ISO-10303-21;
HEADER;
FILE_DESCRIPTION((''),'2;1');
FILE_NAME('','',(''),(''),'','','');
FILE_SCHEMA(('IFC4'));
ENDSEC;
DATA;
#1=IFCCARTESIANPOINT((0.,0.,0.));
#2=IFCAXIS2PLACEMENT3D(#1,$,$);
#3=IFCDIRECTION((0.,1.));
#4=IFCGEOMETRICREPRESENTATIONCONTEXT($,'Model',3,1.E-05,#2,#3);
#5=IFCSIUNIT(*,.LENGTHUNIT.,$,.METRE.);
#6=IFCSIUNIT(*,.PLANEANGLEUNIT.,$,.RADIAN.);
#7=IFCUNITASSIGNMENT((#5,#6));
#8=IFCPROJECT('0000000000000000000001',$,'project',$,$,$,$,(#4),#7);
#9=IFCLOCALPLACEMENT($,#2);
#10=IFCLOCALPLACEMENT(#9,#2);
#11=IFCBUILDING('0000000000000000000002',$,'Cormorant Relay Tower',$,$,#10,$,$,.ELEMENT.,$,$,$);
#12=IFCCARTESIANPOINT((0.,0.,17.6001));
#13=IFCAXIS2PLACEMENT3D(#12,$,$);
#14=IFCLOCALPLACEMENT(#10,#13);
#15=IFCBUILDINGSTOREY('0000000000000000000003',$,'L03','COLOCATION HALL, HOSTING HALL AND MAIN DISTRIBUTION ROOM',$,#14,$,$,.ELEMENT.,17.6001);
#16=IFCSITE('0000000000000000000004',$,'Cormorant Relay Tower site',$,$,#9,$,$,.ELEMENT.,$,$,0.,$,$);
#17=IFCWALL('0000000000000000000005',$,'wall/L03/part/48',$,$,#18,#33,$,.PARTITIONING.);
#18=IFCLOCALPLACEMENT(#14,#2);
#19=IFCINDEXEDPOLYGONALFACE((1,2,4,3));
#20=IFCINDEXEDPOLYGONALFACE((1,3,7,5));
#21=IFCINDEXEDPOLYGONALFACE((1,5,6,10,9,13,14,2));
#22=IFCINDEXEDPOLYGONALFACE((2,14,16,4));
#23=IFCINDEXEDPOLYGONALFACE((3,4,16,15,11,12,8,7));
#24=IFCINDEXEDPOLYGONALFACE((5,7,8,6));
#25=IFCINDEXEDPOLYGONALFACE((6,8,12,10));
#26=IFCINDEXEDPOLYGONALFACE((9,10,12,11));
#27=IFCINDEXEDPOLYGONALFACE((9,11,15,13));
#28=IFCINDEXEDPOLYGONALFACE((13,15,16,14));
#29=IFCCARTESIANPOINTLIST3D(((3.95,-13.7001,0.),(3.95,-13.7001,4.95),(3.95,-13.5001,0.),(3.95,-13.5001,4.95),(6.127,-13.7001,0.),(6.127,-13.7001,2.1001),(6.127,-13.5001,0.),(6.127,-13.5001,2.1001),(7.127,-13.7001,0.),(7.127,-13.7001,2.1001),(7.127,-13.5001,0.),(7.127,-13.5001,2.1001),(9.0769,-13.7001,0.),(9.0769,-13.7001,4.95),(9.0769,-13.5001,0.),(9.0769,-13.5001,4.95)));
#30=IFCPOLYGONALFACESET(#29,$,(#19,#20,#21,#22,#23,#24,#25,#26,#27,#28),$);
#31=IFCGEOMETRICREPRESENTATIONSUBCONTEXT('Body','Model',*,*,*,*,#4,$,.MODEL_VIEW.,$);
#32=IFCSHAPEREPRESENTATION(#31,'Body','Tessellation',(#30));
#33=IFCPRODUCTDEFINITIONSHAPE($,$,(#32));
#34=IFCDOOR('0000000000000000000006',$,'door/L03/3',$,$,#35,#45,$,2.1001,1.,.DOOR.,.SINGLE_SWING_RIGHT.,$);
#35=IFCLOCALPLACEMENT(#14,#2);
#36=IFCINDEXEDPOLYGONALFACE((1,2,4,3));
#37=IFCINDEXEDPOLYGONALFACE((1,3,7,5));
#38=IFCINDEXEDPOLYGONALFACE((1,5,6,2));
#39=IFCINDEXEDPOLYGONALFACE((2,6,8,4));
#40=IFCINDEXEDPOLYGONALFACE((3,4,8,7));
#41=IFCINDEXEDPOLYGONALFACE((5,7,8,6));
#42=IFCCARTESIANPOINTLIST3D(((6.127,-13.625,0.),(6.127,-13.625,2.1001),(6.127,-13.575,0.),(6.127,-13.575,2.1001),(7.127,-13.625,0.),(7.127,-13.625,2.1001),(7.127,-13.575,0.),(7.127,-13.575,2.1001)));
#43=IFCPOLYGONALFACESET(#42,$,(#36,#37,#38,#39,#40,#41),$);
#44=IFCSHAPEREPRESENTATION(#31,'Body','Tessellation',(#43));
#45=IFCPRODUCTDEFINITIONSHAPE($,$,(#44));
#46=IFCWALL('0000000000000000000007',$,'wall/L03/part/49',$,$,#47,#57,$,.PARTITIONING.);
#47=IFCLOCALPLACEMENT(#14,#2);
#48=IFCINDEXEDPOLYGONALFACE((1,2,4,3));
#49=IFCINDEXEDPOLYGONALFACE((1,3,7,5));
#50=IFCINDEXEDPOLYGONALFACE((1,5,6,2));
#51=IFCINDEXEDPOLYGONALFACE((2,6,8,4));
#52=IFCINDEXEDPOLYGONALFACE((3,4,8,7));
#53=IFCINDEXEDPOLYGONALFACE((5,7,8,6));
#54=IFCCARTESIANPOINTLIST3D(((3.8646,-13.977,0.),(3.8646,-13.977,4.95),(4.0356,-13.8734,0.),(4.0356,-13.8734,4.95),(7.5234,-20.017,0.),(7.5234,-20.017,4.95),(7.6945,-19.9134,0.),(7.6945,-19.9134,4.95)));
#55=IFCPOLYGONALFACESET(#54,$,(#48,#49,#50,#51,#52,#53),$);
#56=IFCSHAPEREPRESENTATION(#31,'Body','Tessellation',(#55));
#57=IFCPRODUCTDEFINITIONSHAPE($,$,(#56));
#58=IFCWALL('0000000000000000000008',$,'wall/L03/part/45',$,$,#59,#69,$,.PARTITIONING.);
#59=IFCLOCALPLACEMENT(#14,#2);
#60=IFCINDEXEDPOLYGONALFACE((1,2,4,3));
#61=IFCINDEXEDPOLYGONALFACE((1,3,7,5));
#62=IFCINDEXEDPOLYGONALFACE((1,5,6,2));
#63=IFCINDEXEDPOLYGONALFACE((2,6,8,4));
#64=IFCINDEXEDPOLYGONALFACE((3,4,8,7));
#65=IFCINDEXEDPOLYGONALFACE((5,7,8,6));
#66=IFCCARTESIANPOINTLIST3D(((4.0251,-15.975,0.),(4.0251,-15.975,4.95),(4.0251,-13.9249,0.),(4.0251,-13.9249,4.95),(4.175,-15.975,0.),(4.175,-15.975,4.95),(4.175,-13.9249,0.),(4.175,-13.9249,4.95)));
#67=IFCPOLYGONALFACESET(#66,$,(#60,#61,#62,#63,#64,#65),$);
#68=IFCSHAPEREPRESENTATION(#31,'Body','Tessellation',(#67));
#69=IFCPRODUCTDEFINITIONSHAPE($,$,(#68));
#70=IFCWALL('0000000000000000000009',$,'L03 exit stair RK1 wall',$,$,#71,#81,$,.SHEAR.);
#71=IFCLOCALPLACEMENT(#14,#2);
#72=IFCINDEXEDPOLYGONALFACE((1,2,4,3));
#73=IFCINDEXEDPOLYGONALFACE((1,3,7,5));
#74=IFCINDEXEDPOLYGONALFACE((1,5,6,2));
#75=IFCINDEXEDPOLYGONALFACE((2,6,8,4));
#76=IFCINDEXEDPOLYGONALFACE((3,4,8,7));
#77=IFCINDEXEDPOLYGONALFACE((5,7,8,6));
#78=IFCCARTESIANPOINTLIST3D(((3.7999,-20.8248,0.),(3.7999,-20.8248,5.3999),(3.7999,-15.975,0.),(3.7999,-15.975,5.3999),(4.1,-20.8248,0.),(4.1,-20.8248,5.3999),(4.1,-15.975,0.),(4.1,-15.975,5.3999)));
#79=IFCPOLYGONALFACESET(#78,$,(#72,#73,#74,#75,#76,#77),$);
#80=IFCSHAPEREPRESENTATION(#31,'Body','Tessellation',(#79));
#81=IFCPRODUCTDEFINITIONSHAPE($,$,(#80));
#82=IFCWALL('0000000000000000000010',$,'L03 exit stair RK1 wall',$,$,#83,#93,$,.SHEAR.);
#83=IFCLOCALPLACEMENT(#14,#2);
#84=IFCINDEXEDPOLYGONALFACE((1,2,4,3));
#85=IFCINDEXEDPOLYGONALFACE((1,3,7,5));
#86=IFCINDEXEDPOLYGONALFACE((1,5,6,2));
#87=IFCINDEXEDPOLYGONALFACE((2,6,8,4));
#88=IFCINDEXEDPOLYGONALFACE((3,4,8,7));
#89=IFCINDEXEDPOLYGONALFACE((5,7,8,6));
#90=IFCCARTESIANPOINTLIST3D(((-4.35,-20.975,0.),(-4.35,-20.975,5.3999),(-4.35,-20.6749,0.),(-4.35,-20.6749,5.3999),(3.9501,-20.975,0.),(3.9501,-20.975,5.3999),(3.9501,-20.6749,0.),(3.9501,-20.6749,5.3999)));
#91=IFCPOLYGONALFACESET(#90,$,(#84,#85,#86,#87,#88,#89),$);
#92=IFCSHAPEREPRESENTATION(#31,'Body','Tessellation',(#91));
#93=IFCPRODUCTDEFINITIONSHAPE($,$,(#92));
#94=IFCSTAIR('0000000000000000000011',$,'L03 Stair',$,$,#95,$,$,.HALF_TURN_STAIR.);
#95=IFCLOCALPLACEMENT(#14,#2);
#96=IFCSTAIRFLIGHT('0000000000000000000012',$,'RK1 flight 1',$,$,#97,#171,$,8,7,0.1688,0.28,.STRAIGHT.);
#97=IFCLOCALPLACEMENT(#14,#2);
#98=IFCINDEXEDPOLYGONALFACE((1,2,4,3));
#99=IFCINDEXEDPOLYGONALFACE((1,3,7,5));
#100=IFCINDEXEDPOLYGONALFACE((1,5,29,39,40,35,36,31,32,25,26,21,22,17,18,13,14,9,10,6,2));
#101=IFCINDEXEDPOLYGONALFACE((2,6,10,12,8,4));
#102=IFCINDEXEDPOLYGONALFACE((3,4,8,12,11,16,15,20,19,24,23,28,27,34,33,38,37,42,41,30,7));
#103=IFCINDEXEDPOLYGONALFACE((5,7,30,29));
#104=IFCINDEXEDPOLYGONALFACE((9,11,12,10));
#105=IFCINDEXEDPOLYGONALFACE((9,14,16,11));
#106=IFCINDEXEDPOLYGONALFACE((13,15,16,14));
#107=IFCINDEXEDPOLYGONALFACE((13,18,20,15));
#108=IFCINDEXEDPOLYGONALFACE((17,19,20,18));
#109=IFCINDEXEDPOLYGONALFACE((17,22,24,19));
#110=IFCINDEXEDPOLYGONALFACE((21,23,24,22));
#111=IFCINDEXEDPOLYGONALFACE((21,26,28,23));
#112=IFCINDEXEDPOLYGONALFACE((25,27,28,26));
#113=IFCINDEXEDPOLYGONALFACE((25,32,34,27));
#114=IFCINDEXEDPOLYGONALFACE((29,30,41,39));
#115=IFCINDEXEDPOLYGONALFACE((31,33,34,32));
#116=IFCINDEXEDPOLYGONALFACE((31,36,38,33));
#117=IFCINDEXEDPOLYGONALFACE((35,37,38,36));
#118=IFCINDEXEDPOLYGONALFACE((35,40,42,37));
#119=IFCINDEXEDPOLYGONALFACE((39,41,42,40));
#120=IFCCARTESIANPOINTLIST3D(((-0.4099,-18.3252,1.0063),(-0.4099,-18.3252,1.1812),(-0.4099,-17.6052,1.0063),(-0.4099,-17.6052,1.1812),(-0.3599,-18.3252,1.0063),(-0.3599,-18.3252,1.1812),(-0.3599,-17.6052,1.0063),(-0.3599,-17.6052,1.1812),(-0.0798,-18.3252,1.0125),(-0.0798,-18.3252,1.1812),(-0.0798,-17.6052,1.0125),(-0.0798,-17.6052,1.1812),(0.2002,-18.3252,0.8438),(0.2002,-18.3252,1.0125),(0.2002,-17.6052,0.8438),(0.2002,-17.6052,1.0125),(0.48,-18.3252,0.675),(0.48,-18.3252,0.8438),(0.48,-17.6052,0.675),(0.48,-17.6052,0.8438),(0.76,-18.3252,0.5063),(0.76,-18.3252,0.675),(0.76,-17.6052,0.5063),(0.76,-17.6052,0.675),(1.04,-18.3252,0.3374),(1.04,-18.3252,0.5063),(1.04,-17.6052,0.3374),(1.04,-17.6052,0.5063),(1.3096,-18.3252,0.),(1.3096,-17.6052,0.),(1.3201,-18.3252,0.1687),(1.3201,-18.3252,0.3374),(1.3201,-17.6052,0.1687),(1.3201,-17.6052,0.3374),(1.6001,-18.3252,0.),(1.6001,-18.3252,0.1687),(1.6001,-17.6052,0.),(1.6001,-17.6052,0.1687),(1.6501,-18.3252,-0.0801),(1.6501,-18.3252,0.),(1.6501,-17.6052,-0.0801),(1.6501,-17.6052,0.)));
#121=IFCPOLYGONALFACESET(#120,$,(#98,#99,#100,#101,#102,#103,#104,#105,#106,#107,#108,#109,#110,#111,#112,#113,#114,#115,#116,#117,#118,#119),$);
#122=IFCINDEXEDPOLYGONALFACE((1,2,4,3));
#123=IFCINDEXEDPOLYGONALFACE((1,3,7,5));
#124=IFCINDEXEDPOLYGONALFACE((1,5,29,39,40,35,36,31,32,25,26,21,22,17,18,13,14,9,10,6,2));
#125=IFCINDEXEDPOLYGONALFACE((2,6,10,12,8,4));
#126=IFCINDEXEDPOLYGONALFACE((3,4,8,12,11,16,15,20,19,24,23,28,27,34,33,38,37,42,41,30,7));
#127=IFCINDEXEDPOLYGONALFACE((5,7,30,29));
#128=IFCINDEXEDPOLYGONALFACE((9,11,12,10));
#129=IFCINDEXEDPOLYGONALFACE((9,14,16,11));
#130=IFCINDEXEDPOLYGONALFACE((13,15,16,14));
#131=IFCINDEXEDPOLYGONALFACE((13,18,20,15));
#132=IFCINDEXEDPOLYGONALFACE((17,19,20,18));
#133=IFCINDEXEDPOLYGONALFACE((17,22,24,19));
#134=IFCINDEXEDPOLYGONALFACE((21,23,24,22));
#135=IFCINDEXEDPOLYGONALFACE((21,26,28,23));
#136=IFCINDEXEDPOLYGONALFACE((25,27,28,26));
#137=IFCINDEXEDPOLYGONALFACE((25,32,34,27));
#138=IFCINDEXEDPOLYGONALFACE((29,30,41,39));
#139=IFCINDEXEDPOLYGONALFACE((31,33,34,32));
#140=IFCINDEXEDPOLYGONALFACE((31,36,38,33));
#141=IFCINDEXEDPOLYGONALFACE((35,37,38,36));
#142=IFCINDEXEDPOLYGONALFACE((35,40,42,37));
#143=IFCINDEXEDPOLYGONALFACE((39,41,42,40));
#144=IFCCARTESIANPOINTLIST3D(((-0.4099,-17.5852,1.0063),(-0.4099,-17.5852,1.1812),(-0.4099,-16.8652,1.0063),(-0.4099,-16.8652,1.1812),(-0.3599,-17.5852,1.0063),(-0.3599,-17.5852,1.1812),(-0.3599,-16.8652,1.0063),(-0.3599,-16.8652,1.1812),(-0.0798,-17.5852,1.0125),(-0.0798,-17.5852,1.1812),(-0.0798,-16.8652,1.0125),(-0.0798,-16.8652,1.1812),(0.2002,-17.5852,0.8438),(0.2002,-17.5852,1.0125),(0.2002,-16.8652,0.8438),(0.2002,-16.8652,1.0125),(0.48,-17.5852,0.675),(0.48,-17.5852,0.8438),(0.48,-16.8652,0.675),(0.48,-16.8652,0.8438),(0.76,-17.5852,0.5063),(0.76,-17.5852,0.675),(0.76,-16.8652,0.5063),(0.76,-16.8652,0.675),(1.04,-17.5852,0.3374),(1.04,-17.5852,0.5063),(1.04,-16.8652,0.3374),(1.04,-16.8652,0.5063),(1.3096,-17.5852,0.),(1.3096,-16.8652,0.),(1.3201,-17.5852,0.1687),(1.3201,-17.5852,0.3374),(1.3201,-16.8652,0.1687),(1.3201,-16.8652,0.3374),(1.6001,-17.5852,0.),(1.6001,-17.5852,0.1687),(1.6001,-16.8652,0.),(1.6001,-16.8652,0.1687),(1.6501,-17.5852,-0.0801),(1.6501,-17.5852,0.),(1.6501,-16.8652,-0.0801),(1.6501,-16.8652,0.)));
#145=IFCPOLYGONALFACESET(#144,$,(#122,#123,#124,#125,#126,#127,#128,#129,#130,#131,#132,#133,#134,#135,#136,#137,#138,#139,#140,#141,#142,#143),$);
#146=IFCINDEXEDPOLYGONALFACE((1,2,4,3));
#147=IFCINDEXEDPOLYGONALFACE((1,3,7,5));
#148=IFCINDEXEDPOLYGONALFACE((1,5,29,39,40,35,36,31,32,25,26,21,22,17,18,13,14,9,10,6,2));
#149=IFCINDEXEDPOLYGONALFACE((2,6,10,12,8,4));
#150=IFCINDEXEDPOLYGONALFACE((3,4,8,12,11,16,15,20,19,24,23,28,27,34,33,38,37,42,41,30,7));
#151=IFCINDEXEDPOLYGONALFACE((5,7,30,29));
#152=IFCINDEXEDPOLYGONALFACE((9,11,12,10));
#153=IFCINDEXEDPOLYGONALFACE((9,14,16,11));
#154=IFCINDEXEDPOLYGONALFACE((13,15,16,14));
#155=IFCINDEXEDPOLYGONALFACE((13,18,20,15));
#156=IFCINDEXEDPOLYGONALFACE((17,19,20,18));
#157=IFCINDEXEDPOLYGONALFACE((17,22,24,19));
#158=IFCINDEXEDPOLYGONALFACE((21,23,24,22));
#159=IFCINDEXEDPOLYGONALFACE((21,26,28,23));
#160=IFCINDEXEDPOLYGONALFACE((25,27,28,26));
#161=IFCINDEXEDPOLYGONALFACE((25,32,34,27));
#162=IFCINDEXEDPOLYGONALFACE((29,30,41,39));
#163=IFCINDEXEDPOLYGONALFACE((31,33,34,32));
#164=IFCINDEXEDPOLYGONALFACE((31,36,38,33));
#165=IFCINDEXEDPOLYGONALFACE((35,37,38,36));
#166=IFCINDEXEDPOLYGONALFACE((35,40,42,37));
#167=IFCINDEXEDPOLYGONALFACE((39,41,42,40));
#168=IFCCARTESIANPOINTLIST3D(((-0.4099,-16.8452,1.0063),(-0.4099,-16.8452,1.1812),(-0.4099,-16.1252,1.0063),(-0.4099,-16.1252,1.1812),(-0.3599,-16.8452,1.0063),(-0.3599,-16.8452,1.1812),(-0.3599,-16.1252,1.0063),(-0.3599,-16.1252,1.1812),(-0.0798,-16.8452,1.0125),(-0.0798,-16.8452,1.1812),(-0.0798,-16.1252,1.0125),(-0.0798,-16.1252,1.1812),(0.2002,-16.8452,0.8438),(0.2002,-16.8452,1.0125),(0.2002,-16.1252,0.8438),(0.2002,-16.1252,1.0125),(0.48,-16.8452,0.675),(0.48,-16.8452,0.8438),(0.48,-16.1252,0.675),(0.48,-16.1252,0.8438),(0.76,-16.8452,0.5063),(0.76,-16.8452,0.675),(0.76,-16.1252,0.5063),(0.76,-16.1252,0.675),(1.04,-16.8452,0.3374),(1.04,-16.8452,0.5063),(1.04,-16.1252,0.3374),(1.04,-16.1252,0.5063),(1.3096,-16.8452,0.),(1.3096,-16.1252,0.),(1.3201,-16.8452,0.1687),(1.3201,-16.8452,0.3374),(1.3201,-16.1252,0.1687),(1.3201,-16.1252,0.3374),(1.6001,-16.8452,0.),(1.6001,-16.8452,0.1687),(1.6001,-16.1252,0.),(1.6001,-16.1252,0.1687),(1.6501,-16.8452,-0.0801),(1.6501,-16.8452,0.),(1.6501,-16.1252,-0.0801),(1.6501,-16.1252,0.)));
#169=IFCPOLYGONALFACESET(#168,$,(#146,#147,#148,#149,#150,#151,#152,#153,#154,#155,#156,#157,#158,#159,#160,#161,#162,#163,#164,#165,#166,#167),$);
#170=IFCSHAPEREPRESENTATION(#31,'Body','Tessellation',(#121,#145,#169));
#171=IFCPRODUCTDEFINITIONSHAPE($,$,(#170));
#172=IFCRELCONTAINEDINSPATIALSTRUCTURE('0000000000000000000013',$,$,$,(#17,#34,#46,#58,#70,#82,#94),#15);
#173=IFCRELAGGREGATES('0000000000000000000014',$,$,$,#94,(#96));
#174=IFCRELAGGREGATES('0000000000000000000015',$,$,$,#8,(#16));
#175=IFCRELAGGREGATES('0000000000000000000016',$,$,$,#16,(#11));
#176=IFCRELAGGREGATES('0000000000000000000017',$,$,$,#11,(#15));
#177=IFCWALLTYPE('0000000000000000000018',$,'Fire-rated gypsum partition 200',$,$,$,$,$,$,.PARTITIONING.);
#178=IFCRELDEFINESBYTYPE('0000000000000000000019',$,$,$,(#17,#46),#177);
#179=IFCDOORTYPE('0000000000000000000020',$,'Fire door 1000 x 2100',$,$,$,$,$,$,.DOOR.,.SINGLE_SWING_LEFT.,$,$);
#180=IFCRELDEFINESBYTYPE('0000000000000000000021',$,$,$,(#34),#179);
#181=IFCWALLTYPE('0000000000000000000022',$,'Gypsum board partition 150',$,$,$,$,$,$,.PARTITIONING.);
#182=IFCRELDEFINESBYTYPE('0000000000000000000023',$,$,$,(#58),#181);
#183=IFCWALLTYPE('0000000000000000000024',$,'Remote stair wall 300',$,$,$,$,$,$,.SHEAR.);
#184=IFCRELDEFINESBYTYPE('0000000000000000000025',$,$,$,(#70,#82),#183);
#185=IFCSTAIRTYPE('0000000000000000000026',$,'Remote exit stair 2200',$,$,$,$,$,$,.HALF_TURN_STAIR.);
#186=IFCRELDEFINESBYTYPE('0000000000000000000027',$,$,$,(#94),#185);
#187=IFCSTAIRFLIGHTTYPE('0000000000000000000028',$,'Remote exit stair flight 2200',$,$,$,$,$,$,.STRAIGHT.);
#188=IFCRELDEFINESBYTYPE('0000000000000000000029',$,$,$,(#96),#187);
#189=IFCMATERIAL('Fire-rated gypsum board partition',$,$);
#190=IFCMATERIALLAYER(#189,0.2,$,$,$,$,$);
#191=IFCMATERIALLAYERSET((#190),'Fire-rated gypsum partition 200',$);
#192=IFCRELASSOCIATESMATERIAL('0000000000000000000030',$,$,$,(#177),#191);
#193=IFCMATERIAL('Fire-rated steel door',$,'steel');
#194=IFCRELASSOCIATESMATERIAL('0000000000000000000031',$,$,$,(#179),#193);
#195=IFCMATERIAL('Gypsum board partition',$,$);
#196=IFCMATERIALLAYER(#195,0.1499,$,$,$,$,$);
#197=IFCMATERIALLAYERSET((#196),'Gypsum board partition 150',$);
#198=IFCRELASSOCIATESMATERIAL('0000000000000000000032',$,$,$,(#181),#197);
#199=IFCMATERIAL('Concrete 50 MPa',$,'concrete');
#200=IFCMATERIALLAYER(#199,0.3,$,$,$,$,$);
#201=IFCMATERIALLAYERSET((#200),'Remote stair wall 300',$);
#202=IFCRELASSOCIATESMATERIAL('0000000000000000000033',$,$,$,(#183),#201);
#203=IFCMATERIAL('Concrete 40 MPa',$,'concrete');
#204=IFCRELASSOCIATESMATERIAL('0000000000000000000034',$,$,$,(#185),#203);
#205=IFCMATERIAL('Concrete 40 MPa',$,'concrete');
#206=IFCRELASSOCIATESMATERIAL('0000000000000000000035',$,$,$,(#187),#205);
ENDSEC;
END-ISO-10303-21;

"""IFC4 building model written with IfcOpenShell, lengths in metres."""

from ifc_helpers import new_model, si_unit, direction, frame, frame_2d, origin, place, context, subcontext, project, spatial, polyline, rectangle, outline, extrude, material, layer, layer_set, type_object, element, fill, aggregate, save


model = new_model("IFC4")

# Units and contexts
model_context = context("Model", 3, precision=1e-05, world=origin(), true_north=direction((0.0, 1.0)))
body_context = subcontext(model_context, "Body", "Model", "MODEL_VIEW")
ifc_project = project(units=[si_unit("LENGTHUNIT", "METRE"), si_unit("PLANEANGLEUNIT", "RADIAN")], contexts=[model_context])

# Site, building, storey
site_placement = place(None, origin())
site = spatial("IfcSite", under=ifc_project, at=site_placement, Name="Cormorant Relay Tower site", CompositionType="ELEMENT", RefElevation=0.0)
building_placement = place(site_placement, origin())
building = spatial("IfcBuilding", under=site, at=building_placement, Name="Cormorant Relay Tower", CompositionType="ELEMENT")
storey_placement = place(building_placement, frame((0.0, 0.0, 17.6001)))
storey = spatial("IfcBuildingStorey", under=building, at=storey_placement, Name="L03", Description="COLOCATION HALL, HOSTING HALL AND MAIN DISTRIBUTION ROOM", CompositionType="ELEMENT", Elevation=17.6001)

# Shared definitions
ifc_material_1 = material(Name="Fire-rated gypsum board partition")
ifc_layer_1 = layer(ifc_material_1, 0.2)
ifc_layer_set_1 = layer_set([ifc_layer_1], Name="Fire-rated gypsum partition 200")
wall_type_1 = type_object("IfcWallType", Name="Fire-rated gypsum partition 200", PredefinedType="PARTITIONING", material=ifc_layer_set_1)

# Wall, opening, door
wall_1_placement = place(storey_placement, frame((9.0769, -13.6001, 0.0), z_axis=(0.0, 0.0, 1.0), x_axis=(-1.0, 0.0, 0.0)))
wall_1 = element("IfcWall", 1, at=wall_1_placement, inside=storey, type_object=wall_type_1, Name="wall/L03/part/48", PredefinedType="PARTITIONING", context=body_context, shape_type="SweptSolid", body=[
    extrude(rectangle(XDim=5.127, YDim=0.2, at=frame_2d((2.5635, 0.0))), origin(), (0.0, 0.0, 1.0), 4.95),
])
opening_placement = place(wall_1_placement, frame((1.95, 0.0, 0.0)))
opening = element("IfcOpeningElement", 2, at=opening_placement, cuts=wall_1, PredefinedType="OPENING", context=body_context, shape_type="SweptSolid", body=[
    extrude(rectangle(XDim=1.0, YDim=2.1001, at=frame_2d((0.5, 1.05))), frame((0.0, 0.1099, 0.0), z_axis=(0.0, -1.0, 0.0), x_axis=(1.0, 0.0, 0.0)), (0.0, 0.0, 1.0), 0.22),
])
ifc_material_2 = material(Name="Fire-rated steel door", Category="steel")
door_type = type_object("IfcDoorType", Name="Fire door 1000 x 2100", OperationType="SINGLE_SWING_LEFT", PredefinedType="DOOR", material=ifc_material_2)
door_placement = place(opening_placement, origin())
door = element("IfcDoor", 3, at=door_placement, inside=storey, type_object=door_type, Name="door/L03/3", OperationType="SINGLE_SWING_RIGHT", OverallHeight=2.1001, OverallWidth=1.0, PredefinedType="DOOR", context=body_context, shape_type="SweptSolid", body=[
    extrude(rectangle(XDim=1.0, YDim=2.1001, at=frame_2d((0.5, 1.05))), frame((0.0, 0.0249, 0.0), z_axis=(0.0, -1.0, 0.0), x_axis=(1.0, 0.0, 0.0)), (0.0, 0.0, 1.0), 0.05),
])
fill(opening, door)

# Walls
wall_2_placement = place(storey_placement, frame((7.6089, -19.9651, 0.0), z_axis=(0.0, 0.0, 1.0), x_axis=(-0.518126, 0.855304, 0.0)))
element("IfcWall", 4, at=wall_2_placement, inside=storey, type_object=wall_type_1, Name="wall/L03/part/49", PredefinedType="PARTITIONING", context=body_context, shape_type="SweptSolid", body=[
    extrude(rectangle(XDim=7.0618, YDim=0.2, at=frame_2d((3.5308, 0.0))), origin(), (0.0, 0.0, 1.0), 4.95),
])
ifc_material_3 = material(Name="Gypsum board partition")
ifc_layer_2 = layer(ifc_material_3, 0.1499)
ifc_layer_set_2 = layer_set([ifc_layer_2], Name="Gypsum board partition 150")
wall_type_2 = type_object("IfcWallType", Name="Gypsum board partition 150", PredefinedType="PARTITIONING", material=ifc_layer_set_2)
wall_3_placement = place(storey_placement, frame((4.1001, -13.925, 0.0), z_axis=(0.0, 0.0, 1.0), x_axis=(0.0, -1.0, 0.0)))
element("IfcWall", 5, at=wall_3_placement, inside=storey, type_object=wall_type_2, Name="wall/L03/part/45", PredefinedType="PARTITIONING", context=body_context, shape_type="SweptSolid", body=[
    extrude(rectangle(XDim=2.05, YDim=0.1499, at=frame_2d((1.0249, 0.0))), origin(), (0.0, 0.0, 1.0), 4.95),
])
ifc_material_4 = material(Name="Concrete 50 MPa", Category="concrete")
ifc_layer_3 = layer(ifc_material_4, 0.3)
ifc_layer_set_3 = layer_set([ifc_layer_3], Name="Remote stair wall 300")
wall_type_3 = type_object("IfcWallType", Name="Remote stair wall 300", PredefinedType="SHEAR", material=ifc_layer_set_3)
wall_4_placement = place(storey_placement, frame((3.95, -15.9751, 0.0), z_axis=(0.0, 0.0, 1.0), x_axis=(0.0, -1.0, 0.0)))
element("IfcWall", 6, at=wall_4_placement, inside=storey, type_object=wall_type_3, Name="L03 exit stair RK1 wall", PredefinedType="SHEAR", context=body_context, shape_type="SweptSolid", body=[
    extrude(rectangle(XDim=4.8499, YDim=0.3, at=frame_2d((2.4248, 0.0))), origin(), (0.0, 0.0, 1.0), 5.3999),
])
wall_5_placement = place(storey_placement, frame((3.95, -20.825, 0.0), z_axis=(0.0, 0.0, 1.0), x_axis=(-1.0, 0.0, 0.0)))
element("IfcWall", 7, at=wall_5_placement, inside=storey, type_object=wall_type_3, Name="L03 exit stair RK1 wall", PredefinedType="SHEAR", context=body_context, shape_type="SweptSolid", body=[
    extrude(rectangle(XDim=8.3, YDim=0.3, at=frame_2d((4.1499, 0.0))), origin(), (0.0, 0.0, 1.0), 5.3999),
])

# Stair, stair flight
ifc_material_5 = material(Name="Concrete 40 MPa", Category="concrete")
stair_type = type_object("IfcStairType", Name="Remote exit stair 2200", PredefinedType="HALF_TURN_STAIR", material=ifc_material_5)
stair_placement = place(storey_placement, origin())
stair = element("IfcStair", 8, at=stair_placement, inside=storey, type_object=stair_type, Name="L03 Stair", PredefinedType="HALF_TURN_STAIR")
ifc_material_6 = material(Name="Concrete 40 MPa", Category="concrete")
stair_flight_type = type_object("IfcStairFlightType", Name="Remote exit stair flight 2200", PredefinedType="STRAIGHT", material=ifc_material_6)
stair_flight_1_placement = place(storey_placement, frame((1.6001, -17.2251, 0.0), z_axis=(0.0, 0.0, 1.0), x_axis=(-1.0, 0.0, 0.0)))
stair_flight_1 = element("IfcStairFlight", 9, at=stair_flight_1_placement, type_object=stair_flight_type, Name="RK1 flight 1", NumberOfRisers=8, NumberOfTreads=7, PredefinedType="STRAIGHT", RiserHeight=0.1688, TreadLength=0.28, context=body_context, shape_type="SweptSolid", body=[
    extrude(outline(polyline([(-0.05, -0.0801), (-0.05, 0.0), (0.0, 0.0), (0.0, 0.1687), (0.28, 0.1687), (0.28, 0.3374), (0.5601, 0.3374), (0.5601, 0.5063), (0.8401, 0.5063), (0.8401, 0.675), (1.1201, 0.675), (1.1201, 0.8438), (1.3999, 0.8438), (1.3999, 1.0125), (1.6799, 1.0125), (1.6799, 1.1812), (1.96, 1.1812), (2.01, 1.1812), (2.01, 1.0063), (1.96, 1.0063), (0.2905, 0.0), (-0.05, -0.0801)])), frame((0.0, 1.1001, 0.0), z_axis=(0.0, -1.0, 0.0), x_axis=(1.0, 0.0, 0.0)), (0.0, 0.0, 1.0), 0.72),
    extrude(outline(polyline([(-0.05, -0.0801), (-0.05, 0.0), (0.0, 0.0), (0.0, 0.1687), (0.28, 0.1687), (0.28, 0.3374), (0.5601, 0.3374), (0.5601, 0.5063), (0.8401, 0.5063), (0.8401, 0.675), (1.1201, 0.675), (1.1201, 0.8438), (1.3999, 0.8438), (1.3999, 1.0125), (1.6799, 1.0125), (1.6799, 1.1812), (1.96, 1.1812), (2.01, 1.1812), (2.01, 1.0063), (1.96, 1.0063), (0.2905, 0.0), (-0.05, -0.0801)])), frame((0.0, 0.3601, 0.0), z_axis=(0.0, -1.0, 0.0), x_axis=(1.0, 0.0, 0.0)), (0.0, 0.0, 1.0), 0.72),
    extrude(outline(polyline([(-0.05, -0.0801), (-0.05, 0.0), (0.0, 0.0), (0.0, 0.1687), (0.28, 0.1687), (0.28, 0.3374), (0.5601, 0.3374), (0.5601, 0.5063), (0.8401, 0.5063), (0.8401, 0.675), (1.1201, 0.675), (1.1201, 0.8438), (1.3999, 0.8438), (1.3999, 1.0125), (1.6799, 1.0125), (1.6799, 1.1812), (1.96, 1.1812), (2.01, 1.1812), (2.01, 1.0063), (1.96, 1.0063), (0.2905, 0.0), (-0.05, -0.0801)])), frame((0.0, -0.3799, 0.0), z_axis=(0.0, -1.0, 0.0), x_axis=(1.0, 0.0, 0.0)), (0.0, 0.0, 1.0), 0.72),
])
aggregate(stair, [stair_flight_1])

save(model, "model.ifc")
